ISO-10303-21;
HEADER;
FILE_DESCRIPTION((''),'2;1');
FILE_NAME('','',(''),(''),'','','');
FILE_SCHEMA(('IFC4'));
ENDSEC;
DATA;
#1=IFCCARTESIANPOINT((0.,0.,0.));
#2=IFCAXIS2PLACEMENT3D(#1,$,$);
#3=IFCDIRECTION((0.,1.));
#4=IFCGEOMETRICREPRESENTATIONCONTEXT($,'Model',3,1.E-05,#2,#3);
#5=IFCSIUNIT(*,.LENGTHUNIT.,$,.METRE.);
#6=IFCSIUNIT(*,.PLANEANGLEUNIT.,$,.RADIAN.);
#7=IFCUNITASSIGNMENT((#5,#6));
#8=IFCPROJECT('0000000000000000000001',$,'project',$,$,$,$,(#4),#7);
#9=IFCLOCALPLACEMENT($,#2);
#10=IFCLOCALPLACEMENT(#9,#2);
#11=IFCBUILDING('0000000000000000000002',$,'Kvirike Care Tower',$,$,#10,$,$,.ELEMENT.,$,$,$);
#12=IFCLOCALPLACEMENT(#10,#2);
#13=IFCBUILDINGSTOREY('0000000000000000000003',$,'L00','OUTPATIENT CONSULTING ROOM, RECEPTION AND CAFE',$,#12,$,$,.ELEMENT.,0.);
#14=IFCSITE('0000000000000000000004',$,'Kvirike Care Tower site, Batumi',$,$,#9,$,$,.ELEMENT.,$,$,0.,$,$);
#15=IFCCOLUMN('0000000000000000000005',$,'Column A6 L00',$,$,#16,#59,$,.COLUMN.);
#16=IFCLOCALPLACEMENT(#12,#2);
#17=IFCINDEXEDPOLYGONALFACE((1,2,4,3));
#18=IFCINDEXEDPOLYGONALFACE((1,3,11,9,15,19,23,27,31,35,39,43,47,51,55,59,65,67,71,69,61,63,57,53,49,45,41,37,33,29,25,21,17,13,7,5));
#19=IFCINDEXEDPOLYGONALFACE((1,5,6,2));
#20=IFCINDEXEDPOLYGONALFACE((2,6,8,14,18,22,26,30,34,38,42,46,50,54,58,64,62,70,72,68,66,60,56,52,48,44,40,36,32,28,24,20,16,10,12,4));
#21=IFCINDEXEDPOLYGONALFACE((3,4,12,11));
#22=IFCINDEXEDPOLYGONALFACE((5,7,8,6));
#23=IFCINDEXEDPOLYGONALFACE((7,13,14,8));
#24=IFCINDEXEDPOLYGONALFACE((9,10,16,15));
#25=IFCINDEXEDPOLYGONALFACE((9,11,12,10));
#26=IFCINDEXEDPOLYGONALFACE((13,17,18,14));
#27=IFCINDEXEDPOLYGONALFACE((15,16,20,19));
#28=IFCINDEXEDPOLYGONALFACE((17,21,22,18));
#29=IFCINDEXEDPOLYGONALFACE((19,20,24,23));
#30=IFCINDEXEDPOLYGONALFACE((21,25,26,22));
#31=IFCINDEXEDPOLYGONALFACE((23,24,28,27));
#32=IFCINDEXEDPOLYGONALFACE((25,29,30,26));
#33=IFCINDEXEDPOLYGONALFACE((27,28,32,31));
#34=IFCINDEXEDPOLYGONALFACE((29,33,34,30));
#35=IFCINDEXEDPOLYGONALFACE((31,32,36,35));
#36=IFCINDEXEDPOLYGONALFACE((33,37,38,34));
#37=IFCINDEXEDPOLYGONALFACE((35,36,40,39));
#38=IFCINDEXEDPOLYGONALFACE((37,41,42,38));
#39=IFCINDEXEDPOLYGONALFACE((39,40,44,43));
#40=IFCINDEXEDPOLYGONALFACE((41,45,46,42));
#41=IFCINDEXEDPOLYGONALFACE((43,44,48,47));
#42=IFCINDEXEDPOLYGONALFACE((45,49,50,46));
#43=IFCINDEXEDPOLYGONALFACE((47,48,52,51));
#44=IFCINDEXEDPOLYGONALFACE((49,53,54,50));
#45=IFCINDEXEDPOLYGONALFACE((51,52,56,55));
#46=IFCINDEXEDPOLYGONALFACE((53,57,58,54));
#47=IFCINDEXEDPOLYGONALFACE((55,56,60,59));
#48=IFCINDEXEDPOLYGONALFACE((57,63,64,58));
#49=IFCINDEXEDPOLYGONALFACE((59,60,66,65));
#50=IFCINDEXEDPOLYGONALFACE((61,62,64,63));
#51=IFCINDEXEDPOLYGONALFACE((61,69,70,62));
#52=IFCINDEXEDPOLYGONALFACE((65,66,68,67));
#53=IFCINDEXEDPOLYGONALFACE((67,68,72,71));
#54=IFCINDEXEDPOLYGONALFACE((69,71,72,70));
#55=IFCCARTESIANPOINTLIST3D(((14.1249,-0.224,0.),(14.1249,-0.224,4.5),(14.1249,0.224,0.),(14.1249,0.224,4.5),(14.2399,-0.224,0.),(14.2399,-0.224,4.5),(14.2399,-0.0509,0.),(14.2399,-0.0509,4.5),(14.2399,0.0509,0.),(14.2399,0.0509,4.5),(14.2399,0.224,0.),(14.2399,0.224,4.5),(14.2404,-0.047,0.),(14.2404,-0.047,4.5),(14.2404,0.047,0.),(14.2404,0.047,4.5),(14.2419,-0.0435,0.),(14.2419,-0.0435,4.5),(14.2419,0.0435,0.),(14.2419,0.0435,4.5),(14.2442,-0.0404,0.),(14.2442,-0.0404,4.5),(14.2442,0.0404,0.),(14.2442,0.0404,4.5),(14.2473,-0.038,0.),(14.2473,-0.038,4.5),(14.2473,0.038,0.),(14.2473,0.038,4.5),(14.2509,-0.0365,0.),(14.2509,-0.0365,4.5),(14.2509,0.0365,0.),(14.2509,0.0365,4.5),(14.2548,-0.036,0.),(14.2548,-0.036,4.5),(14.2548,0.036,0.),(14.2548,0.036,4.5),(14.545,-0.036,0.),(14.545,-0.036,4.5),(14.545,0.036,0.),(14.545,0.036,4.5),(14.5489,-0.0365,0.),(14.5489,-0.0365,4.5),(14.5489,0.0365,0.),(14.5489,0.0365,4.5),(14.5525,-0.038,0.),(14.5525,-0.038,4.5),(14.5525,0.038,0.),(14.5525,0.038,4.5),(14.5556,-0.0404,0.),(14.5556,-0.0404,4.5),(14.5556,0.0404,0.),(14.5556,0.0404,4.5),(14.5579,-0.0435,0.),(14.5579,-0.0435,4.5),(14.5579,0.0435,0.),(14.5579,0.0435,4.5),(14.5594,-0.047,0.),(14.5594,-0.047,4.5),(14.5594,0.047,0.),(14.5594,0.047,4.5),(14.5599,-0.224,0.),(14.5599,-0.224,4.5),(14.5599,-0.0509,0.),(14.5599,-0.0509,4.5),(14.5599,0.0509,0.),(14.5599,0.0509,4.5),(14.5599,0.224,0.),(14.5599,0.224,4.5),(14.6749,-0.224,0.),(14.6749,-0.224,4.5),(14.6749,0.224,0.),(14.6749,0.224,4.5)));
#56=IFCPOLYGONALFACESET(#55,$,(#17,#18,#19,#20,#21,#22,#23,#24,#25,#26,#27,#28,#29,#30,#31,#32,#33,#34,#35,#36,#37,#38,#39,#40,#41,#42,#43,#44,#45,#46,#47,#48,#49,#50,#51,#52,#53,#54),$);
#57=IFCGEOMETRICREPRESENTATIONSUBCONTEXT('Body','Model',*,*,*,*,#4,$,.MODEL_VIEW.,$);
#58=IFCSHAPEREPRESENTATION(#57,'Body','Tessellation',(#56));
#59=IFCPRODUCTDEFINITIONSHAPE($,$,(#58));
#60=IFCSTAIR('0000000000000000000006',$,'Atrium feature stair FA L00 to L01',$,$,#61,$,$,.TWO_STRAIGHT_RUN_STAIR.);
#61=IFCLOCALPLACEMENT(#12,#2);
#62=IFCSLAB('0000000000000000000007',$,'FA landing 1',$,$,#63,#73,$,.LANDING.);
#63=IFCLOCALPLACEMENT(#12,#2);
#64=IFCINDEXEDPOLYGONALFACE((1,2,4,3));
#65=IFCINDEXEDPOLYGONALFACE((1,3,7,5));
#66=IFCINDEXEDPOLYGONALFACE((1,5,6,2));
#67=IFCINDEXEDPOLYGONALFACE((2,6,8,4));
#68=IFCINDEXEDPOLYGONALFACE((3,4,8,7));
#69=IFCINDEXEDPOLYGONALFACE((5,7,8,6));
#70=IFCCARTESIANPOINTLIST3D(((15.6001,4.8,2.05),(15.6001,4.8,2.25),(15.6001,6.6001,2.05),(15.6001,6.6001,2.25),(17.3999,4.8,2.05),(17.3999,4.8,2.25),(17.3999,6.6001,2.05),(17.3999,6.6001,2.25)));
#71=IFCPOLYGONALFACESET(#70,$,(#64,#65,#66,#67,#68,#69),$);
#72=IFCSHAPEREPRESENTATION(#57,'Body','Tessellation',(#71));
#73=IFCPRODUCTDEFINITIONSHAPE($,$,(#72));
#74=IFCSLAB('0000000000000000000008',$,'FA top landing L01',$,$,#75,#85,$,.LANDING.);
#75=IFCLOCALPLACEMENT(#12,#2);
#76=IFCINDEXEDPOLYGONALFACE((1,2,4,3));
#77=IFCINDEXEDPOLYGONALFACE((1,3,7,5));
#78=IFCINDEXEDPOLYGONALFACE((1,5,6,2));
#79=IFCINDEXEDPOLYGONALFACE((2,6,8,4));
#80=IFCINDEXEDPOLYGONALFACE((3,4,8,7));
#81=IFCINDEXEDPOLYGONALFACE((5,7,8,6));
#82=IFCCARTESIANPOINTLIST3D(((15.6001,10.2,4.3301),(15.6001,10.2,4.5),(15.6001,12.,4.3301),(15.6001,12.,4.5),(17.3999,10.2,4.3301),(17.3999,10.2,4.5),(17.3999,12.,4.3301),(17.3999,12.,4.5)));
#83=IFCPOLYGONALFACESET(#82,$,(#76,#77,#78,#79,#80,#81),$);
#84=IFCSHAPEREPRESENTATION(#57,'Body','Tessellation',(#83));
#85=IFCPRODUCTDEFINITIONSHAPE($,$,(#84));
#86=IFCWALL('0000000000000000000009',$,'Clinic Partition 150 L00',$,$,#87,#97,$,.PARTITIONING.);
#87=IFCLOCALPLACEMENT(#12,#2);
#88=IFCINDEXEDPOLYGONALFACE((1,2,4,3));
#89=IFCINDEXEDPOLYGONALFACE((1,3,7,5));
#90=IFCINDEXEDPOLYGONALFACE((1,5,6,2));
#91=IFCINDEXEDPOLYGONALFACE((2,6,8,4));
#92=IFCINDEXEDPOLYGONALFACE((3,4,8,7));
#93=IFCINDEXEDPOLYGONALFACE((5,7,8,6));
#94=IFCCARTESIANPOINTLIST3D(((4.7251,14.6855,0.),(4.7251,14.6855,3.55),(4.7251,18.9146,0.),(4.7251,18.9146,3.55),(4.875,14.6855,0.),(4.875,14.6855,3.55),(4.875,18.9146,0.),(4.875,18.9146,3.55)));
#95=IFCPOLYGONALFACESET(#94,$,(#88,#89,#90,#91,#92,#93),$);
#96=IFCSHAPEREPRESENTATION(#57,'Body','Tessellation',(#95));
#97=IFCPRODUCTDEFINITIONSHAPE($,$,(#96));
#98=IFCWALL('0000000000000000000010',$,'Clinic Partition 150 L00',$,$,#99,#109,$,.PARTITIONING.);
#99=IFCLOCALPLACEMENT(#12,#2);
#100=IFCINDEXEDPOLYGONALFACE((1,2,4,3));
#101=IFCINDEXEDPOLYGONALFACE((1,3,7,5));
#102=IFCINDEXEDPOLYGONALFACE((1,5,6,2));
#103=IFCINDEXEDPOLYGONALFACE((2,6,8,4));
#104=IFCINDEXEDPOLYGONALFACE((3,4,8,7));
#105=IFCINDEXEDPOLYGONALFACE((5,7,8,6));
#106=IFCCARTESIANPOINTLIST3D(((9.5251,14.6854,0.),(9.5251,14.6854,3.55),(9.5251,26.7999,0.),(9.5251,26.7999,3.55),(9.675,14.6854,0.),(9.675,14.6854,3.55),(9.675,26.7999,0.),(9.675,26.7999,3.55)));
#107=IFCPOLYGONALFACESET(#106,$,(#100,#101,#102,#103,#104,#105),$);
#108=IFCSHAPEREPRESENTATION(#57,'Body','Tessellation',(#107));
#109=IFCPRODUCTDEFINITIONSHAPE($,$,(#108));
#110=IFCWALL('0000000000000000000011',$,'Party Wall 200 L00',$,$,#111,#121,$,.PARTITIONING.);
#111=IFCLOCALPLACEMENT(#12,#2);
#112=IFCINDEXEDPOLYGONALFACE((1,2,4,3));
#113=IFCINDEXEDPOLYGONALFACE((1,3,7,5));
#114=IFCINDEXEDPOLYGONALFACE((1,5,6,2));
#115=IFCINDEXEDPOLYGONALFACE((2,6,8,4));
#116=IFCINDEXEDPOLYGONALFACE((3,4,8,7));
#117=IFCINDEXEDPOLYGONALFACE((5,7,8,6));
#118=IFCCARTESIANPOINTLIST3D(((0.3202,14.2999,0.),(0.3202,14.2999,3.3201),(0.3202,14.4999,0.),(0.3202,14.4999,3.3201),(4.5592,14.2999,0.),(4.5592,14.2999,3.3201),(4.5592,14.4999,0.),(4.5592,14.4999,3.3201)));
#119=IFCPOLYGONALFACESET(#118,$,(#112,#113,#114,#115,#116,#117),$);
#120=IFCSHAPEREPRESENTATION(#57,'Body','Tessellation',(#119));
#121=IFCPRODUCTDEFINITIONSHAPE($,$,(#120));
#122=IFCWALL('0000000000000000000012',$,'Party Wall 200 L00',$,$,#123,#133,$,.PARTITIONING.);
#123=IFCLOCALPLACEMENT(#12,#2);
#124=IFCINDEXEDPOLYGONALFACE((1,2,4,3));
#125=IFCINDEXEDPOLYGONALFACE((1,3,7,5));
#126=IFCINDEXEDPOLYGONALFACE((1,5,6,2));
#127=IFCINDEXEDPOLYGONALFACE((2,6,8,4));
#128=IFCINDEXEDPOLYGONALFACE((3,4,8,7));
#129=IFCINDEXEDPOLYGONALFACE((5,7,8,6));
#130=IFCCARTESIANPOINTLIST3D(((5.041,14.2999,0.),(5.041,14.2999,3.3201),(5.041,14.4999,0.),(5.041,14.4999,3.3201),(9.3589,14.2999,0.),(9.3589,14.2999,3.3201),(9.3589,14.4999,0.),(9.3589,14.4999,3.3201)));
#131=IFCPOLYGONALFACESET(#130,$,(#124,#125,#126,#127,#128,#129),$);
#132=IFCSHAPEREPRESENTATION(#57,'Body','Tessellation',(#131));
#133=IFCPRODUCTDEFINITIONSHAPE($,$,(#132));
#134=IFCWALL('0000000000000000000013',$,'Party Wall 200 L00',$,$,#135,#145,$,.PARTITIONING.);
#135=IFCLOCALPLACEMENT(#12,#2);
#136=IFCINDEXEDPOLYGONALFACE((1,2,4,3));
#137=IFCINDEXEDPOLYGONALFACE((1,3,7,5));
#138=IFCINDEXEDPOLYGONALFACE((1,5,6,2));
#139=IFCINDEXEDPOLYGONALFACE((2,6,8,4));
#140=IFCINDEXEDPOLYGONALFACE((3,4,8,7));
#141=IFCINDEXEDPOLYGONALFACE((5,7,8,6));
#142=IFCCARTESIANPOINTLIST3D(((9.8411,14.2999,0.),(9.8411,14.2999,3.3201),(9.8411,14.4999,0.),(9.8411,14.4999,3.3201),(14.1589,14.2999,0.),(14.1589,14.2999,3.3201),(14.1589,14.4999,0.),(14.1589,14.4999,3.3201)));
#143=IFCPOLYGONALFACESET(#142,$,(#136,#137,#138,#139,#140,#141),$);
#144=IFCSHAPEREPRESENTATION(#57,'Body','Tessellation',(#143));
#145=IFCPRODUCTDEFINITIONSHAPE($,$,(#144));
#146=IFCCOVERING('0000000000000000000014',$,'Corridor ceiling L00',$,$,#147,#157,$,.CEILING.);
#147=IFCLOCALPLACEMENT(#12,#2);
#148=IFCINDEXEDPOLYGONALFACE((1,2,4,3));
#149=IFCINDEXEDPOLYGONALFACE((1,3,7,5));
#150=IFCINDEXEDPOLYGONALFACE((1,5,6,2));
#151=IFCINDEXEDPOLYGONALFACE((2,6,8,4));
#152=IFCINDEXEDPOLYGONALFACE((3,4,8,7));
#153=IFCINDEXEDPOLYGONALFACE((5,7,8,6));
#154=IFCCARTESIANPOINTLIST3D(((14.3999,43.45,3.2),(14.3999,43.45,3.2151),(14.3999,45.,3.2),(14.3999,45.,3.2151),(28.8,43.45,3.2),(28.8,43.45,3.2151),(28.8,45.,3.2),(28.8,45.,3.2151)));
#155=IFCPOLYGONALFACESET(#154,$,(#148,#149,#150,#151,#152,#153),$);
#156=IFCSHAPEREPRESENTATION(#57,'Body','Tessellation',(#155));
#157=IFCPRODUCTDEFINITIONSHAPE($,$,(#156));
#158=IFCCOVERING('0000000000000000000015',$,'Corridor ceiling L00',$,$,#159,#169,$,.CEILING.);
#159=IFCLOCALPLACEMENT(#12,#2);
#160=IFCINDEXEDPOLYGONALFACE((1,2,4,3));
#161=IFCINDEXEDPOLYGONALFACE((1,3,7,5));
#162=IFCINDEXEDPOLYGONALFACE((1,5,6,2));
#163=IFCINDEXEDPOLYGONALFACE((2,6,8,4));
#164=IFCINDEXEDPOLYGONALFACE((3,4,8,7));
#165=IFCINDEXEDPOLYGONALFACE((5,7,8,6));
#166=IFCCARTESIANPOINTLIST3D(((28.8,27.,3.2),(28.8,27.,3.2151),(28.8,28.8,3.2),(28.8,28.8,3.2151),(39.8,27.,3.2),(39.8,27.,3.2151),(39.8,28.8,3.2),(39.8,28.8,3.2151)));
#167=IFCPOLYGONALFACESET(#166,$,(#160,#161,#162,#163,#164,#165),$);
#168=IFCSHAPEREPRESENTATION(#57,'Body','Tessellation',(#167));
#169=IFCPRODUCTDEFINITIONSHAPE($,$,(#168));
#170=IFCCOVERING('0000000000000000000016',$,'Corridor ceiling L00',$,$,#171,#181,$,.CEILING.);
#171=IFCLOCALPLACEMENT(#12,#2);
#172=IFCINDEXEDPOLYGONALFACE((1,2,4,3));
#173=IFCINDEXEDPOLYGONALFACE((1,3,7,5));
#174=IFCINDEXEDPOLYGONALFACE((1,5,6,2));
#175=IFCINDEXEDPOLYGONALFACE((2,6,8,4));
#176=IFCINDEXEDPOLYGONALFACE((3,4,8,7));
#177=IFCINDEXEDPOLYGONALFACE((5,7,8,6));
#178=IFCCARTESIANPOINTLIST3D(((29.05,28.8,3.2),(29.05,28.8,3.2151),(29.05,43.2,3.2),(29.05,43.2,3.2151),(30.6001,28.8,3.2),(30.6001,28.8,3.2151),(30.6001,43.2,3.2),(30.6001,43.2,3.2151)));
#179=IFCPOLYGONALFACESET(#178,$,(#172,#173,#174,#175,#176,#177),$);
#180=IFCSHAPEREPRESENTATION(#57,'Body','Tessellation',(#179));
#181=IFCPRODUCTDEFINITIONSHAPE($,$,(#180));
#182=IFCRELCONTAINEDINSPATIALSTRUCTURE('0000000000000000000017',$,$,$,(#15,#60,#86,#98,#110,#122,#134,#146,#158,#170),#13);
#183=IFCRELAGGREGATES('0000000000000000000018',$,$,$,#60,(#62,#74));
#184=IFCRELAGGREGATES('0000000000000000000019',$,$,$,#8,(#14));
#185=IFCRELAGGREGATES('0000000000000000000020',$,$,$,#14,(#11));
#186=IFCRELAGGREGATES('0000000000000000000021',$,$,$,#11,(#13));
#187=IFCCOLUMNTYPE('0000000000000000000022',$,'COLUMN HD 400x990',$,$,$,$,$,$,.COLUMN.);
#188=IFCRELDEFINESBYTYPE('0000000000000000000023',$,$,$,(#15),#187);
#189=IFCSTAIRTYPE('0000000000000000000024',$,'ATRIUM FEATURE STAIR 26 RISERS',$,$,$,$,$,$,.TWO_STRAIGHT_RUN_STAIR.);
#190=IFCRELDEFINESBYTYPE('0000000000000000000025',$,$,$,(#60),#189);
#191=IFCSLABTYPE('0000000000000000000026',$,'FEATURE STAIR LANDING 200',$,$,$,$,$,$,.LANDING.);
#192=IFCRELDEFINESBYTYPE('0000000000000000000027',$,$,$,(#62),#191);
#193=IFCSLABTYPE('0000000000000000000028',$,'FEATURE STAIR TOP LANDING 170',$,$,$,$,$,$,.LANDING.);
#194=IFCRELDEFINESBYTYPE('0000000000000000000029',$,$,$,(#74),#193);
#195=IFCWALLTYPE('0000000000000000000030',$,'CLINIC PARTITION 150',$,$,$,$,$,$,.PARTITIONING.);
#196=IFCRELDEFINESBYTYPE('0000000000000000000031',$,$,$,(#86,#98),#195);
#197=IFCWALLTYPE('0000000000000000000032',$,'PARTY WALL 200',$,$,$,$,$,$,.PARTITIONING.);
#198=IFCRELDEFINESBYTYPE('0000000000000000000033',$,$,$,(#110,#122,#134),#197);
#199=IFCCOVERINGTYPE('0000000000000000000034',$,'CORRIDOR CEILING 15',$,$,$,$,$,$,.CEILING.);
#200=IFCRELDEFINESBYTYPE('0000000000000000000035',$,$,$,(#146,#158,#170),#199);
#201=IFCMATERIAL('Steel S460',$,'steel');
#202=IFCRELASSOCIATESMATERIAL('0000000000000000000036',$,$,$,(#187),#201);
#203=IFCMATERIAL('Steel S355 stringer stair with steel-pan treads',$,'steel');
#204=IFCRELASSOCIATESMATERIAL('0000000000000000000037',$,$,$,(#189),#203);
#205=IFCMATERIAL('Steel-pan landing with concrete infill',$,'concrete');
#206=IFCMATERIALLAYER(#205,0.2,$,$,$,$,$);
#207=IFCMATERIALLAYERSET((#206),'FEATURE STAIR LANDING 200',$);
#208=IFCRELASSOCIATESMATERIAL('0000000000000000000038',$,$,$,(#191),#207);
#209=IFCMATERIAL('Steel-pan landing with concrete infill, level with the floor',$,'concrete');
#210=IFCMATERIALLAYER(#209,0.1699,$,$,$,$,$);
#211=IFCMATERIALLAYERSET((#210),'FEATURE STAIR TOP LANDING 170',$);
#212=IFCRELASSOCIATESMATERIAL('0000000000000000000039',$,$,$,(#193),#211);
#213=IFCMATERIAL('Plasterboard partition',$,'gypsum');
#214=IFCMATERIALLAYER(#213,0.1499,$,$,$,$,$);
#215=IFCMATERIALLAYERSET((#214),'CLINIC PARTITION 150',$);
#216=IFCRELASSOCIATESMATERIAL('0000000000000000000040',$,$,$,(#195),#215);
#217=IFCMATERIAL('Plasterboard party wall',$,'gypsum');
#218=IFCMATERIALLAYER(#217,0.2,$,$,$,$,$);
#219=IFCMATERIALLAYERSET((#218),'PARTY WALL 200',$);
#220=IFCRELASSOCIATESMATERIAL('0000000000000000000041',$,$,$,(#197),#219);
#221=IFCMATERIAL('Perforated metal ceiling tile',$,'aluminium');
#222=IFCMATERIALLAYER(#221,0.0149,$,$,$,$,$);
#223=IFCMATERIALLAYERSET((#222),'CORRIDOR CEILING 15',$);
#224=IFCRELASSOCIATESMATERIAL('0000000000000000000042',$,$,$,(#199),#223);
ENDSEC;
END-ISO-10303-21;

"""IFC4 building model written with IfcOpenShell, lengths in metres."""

from ifc_helpers import new_model, si_unit, direction, frame, frame_2d, origin, origin_2d, place, context, subcontext, project, spatial, polyline, rectangle, i_section, outline, extrude, material, layer, layer_set, material_profile, profile_set, type_object, element, aggregate, save


model = new_model("IFC4")

# Units and contexts
model_context = context("Model", 3, precision=1e-05, world=origin(), true_north=direction((0.0, 1.0)))
body_context = subcontext(model_context, "Body", "Model", "MODEL_VIEW")
ifc_project = project(units=[si_unit("LENGTHUNIT", "METRE"), si_unit("PLANEANGLEUNIT", "RADIAN")], contexts=[model_context])

# Site, building, storey
site_placement = place(None, origin())
site = spatial("IfcSite", under=ifc_project, at=site_placement, Name="Kvirike Care Tower site, Batumi", CompositionType="ELEMENT", RefElevation=0.0)
building_placement = place(site_placement, origin())
building = spatial("IfcBuilding", under=site, at=building_placement, Name="Kvirike Care Tower", CompositionType="ELEMENT")
storey_placement = place(building_placement, origin())
storey = spatial("IfcBuildingStorey", under=building, at=storey_placement, Name="L00", Description="OUTPATIENT CONSULTING ROOM, RECEPTION AND CAFE", CompositionType="ELEMENT", Elevation=0.0)

# Column
ifc_material_1 = material(Name="Steel S460", Category="steel")
ifc_material_profile_1 = material_profile(ifc_material_1, i_section(OverallWidth=0.448, OverallDepth=0.55, WebThickness=0.072, FlangeThickness=0.115, FilletRadius=0.0149, at=origin_2d()), Name="HD 400x990")
ifc_profile_set_1 = profile_set([ifc_material_profile_1], Name="Steel S460")
column_type_1 = type_object("IfcColumnType", Name="COLUMN HD 400x990", PredefinedType="COLUMN", material=ifc_profile_set_1)
for number, where, z_axis, x_axis, name in (
    (1, (14.3999, 0.0, 0.0), (0.0, 0.0, 1.0), (0.0, 1.0, 0.0), "Column A6 L00"),
):
    element("IfcColumn", number, at=place(storey_placement, frame(where, z_axis=z_axis, x_axis=x_axis)), inside=storey, type_object=column_type_1, Name=name, PredefinedType="COLUMN", context=body_context, shape_type="SweptSolid", body=[
        extrude(i_section(OverallWidth=0.448, OverallDepth=0.55, WebThickness=0.072, FlangeThickness=0.115, FilletRadius=0.0149, at=origin_2d()), origin(), (0.0, 0.0, 1.0), 4.5),
    ])

# Stair, slabs
ifc_material_2 = material(Name="Steel S355 stringer stair with steel-pan treads", Category="steel")
stair_type = type_object("IfcStairType", Name="ATRIUM FEATURE STAIR 26 RISERS", PredefinedType="TWO_STRAIGHT_RUN_STAIR", material=ifc_material_2)
stair_placement = place(storey_placement, origin())
stair = element("IfcStair", 2, at=stair_placement, inside=storey, type_object=stair_type, Name="Atrium feature stair FA L00 to L01", PredefinedType="TWO_STRAIGHT_RUN_STAIR")
ifc_material_3 = material(Name="Steel-pan landing with concrete infill", Category="concrete")
ifc_layer_1 = layer(ifc_material_3, 0.2)
ifc_layer_set_1 = layer_set([ifc_layer_1], Name="FEATURE STAIR LANDING 200")
slab_type_1 = type_object("IfcSlabType", Name="FEATURE STAIR LANDING 200", PredefinedType="LANDING", material=ifc_layer_set_1)
slab_1_placement = place(storey_placement, frame((0.0, 0.0, 2.05)))
slab_1 = element("IfcSlab", 3, at=slab_1_placement, type_object=slab_type_1, Name="FA landing 1", PredefinedType="LANDING", context=body_context, shape_type="SweptSolid", body=[
    extrude(outline(polyline([(15.6001, 4.8), (17.3999, 4.8), (17.3999, 6.6001), (15.6001, 6.6001), (15.6001, 4.8)])), origin(), (0.0, 0.0, 1.0), 0.2),
])
ifc_material_4 = material(Name="Steel-pan landing with concrete infill, level with the floor", Category="concrete")
ifc_layer_2 = layer(ifc_material_4, 0.1699)
ifc_layer_set_2 = layer_set([ifc_layer_2], Name="FEATURE STAIR TOP LANDING 170")
slab_type_2 = type_object("IfcSlabType", Name="FEATURE STAIR TOP LANDING 170", PredefinedType="LANDING", material=ifc_layer_set_2)
slab_2_placement = place(storey_placement, frame((0.0, 0.0, 4.3301)))
slab_2 = element("IfcSlab", 4, at=slab_2_placement, type_object=slab_type_2, Name="FA top landing L01", PredefinedType="LANDING", context=body_context, shape_type="SweptSolid", body=[
    extrude(outline(polyline([(15.6001, 10.2), (17.3999, 10.2), (17.3999, 12.0), (15.6001, 12.0), (15.6001, 10.2)])), origin(), (0.0, 0.0, 1.0), 0.1699),
])
aggregate(stair, [slab_1, slab_2])

# Walls
ifc_material_5 = material(Name="Plasterboard partition", Category="gypsum")
ifc_layer_3 = layer(ifc_material_5, 0.1499)
ifc_layer_set_3 = layer_set([ifc_layer_3], Name="CLINIC PARTITION 150")
wall_type_1 = type_object("IfcWallType", Name="CLINIC PARTITION 150", PredefinedType="PARTITIONING", material=ifc_layer_set_3)
wall_1_placement = place(storey_placement, frame((4.8, 14.6855, 0.0), z_axis=(0.0, 0.0, 1.0), x_axis=(0.0, 1.0, 0.0)))
element("IfcWall", 5, at=wall_1_placement, inside=storey, type_object=wall_type_1, Name="Clinic Partition 150 L00", PredefinedType="PARTITIONING", context=body_context, shape_type="SweptSolid", body=[
    extrude(rectangle(XDim=4.229, YDim=0.1499, at=frame_2d((2.1145, 0.0))), origin(), (0.0, 0.0, 1.0), 3.55),
])
wall_2_placement = place(storey_placement, frame((9.6001, 14.6855, 0.0), z_axis=(0.0, 0.0, 1.0), x_axis=(0.0, 1.0, 0.0)))
element("IfcWall", 6, at=wall_2_placement, inside=storey, type_object=wall_type_1, Name="Clinic Partition 150 L00", PredefinedType="PARTITIONING", context=body_context, shape_type="SweptSolid", body=[
    extrude(rectangle(XDim=12.1145, YDim=0.1499, at=frame_2d((6.0571, 0.0))), origin(), (0.0, 0.0, 1.0), 3.55),
])
ifc_material_6 = material(Name="Plasterboard party wall", Category="gypsum")
ifc_layer_4 = layer(ifc_material_6, 0.2)
ifc_layer_set_4 = layer_set([ifc_layer_4], Name="PARTY WALL 200")
wall_type_2 = type_object("IfcWallType", Name="PARTY WALL 200", PredefinedType="PARTITIONING", material=ifc_layer_set_4)
wall_3_placement = place(storey_placement, frame((0.3201, 14.3999, 0.0), z_axis=(0.0, 0.0, 1.0), x_axis=(1.0, 0.0, 0.0)))
element("IfcWall", 7, at=wall_3_placement, inside=storey, type_object=wall_type_2, Name="Party Wall 200 L00", PredefinedType="PARTITIONING", context=body_context, shape_type="SweptSolid", body=[
    extrude(rectangle(XDim=4.239, YDim=0.2, at=frame_2d((2.1196, 0.0))), origin(), (0.0, 0.0, 1.0), 3.3201),
])
for number, where, z_axis, x_axis, name in (
    (8, (5.041, 14.3999, 0.0), (0.0, 0.0, 1.0), (1.0, 0.0, 0.0), "Party Wall 200 L00"),
    (9, (9.8411, 14.3999, 0.0), (0.0, 0.0, 1.0), (1.0, 0.0, 0.0), "Party Wall 200 L00"),
):
    element("IfcWall", number, at=place(storey_placement, frame(where, z_axis=z_axis, x_axis=x_axis)), inside=storey, type_object=wall_type_2, Name=name, PredefinedType="PARTITIONING", context=body_context, shape_type="SweptSolid", body=[
        extrude(rectangle(XDim=4.3179, YDim=0.2, at=frame_2d((2.1589, 0.0))), origin(), (0.0, 0.0, 1.0), 3.3201),
    ])

# Coverings
ifc_material_7 = material(Name="Perforated metal ceiling tile", Category="aluminium")
ifc_layer_5 = layer(ifc_material_7, 0.0149)
ifc_layer_set_5 = layer_set([ifc_layer_5], Name="CORRIDOR CEILING 15")
covering_type_1 = type_object("IfcCoveringType", Name="CORRIDOR CEILING 15", PredefinedType="CEILING", material=ifc_layer_set_5)
covering_1_placement = place(storey_placement, frame((0.0, 0.0, 3.2)))
element("IfcCovering", 10, at=covering_1_placement, inside=storey, type_object=covering_type_1, Name="Corridor ceiling L00", PredefinedType="CEILING", context=body_context, shape_type="SweptSolid", body=[
    extrude(outline(polyline([(28.8, 45.0), (28.8, 43.45), (14.3999, 43.45), (14.3999, 45.0), (28.8, 45.0)])), origin(), (0.0, 0.0, 1.0), 0.0151),
])
covering_2_placement = place(storey_placement, frame((0.0, 0.0, 3.2)))
element("IfcCovering", 11, at=covering_2_placement, inside=storey, type_object=covering_type_1, Name="Corridor ceiling L00", PredefinedType="CEILING", context=body_context, shape_type="SweptSolid", body=[
    extrude(outline(polyline([(28.8, 28.8), (39.8, 28.8), (39.8, 27.0), (28.8, 27.0), (28.8, 28.8)])), origin(), (0.0, 0.0, 1.0), 0.0151),
])
covering_3_placement = place(storey_placement, frame((0.0, 0.0, 3.2)))
element("IfcCovering", 12, at=covering_3_placement, inside=storey, type_object=covering_type_1, Name="Corridor ceiling L00", PredefinedType="CEILING", context=body_context, shape_type="SweptSolid", body=[
    extrude(outline(polyline([(30.6001, 28.8), (29.05, 28.8), (29.05, 43.2), (30.6001, 43.2), (30.6001, 28.8)])), origin(), (0.0, 0.0, 1.0), 0.0151),
])

save(model, "model.ifc")
